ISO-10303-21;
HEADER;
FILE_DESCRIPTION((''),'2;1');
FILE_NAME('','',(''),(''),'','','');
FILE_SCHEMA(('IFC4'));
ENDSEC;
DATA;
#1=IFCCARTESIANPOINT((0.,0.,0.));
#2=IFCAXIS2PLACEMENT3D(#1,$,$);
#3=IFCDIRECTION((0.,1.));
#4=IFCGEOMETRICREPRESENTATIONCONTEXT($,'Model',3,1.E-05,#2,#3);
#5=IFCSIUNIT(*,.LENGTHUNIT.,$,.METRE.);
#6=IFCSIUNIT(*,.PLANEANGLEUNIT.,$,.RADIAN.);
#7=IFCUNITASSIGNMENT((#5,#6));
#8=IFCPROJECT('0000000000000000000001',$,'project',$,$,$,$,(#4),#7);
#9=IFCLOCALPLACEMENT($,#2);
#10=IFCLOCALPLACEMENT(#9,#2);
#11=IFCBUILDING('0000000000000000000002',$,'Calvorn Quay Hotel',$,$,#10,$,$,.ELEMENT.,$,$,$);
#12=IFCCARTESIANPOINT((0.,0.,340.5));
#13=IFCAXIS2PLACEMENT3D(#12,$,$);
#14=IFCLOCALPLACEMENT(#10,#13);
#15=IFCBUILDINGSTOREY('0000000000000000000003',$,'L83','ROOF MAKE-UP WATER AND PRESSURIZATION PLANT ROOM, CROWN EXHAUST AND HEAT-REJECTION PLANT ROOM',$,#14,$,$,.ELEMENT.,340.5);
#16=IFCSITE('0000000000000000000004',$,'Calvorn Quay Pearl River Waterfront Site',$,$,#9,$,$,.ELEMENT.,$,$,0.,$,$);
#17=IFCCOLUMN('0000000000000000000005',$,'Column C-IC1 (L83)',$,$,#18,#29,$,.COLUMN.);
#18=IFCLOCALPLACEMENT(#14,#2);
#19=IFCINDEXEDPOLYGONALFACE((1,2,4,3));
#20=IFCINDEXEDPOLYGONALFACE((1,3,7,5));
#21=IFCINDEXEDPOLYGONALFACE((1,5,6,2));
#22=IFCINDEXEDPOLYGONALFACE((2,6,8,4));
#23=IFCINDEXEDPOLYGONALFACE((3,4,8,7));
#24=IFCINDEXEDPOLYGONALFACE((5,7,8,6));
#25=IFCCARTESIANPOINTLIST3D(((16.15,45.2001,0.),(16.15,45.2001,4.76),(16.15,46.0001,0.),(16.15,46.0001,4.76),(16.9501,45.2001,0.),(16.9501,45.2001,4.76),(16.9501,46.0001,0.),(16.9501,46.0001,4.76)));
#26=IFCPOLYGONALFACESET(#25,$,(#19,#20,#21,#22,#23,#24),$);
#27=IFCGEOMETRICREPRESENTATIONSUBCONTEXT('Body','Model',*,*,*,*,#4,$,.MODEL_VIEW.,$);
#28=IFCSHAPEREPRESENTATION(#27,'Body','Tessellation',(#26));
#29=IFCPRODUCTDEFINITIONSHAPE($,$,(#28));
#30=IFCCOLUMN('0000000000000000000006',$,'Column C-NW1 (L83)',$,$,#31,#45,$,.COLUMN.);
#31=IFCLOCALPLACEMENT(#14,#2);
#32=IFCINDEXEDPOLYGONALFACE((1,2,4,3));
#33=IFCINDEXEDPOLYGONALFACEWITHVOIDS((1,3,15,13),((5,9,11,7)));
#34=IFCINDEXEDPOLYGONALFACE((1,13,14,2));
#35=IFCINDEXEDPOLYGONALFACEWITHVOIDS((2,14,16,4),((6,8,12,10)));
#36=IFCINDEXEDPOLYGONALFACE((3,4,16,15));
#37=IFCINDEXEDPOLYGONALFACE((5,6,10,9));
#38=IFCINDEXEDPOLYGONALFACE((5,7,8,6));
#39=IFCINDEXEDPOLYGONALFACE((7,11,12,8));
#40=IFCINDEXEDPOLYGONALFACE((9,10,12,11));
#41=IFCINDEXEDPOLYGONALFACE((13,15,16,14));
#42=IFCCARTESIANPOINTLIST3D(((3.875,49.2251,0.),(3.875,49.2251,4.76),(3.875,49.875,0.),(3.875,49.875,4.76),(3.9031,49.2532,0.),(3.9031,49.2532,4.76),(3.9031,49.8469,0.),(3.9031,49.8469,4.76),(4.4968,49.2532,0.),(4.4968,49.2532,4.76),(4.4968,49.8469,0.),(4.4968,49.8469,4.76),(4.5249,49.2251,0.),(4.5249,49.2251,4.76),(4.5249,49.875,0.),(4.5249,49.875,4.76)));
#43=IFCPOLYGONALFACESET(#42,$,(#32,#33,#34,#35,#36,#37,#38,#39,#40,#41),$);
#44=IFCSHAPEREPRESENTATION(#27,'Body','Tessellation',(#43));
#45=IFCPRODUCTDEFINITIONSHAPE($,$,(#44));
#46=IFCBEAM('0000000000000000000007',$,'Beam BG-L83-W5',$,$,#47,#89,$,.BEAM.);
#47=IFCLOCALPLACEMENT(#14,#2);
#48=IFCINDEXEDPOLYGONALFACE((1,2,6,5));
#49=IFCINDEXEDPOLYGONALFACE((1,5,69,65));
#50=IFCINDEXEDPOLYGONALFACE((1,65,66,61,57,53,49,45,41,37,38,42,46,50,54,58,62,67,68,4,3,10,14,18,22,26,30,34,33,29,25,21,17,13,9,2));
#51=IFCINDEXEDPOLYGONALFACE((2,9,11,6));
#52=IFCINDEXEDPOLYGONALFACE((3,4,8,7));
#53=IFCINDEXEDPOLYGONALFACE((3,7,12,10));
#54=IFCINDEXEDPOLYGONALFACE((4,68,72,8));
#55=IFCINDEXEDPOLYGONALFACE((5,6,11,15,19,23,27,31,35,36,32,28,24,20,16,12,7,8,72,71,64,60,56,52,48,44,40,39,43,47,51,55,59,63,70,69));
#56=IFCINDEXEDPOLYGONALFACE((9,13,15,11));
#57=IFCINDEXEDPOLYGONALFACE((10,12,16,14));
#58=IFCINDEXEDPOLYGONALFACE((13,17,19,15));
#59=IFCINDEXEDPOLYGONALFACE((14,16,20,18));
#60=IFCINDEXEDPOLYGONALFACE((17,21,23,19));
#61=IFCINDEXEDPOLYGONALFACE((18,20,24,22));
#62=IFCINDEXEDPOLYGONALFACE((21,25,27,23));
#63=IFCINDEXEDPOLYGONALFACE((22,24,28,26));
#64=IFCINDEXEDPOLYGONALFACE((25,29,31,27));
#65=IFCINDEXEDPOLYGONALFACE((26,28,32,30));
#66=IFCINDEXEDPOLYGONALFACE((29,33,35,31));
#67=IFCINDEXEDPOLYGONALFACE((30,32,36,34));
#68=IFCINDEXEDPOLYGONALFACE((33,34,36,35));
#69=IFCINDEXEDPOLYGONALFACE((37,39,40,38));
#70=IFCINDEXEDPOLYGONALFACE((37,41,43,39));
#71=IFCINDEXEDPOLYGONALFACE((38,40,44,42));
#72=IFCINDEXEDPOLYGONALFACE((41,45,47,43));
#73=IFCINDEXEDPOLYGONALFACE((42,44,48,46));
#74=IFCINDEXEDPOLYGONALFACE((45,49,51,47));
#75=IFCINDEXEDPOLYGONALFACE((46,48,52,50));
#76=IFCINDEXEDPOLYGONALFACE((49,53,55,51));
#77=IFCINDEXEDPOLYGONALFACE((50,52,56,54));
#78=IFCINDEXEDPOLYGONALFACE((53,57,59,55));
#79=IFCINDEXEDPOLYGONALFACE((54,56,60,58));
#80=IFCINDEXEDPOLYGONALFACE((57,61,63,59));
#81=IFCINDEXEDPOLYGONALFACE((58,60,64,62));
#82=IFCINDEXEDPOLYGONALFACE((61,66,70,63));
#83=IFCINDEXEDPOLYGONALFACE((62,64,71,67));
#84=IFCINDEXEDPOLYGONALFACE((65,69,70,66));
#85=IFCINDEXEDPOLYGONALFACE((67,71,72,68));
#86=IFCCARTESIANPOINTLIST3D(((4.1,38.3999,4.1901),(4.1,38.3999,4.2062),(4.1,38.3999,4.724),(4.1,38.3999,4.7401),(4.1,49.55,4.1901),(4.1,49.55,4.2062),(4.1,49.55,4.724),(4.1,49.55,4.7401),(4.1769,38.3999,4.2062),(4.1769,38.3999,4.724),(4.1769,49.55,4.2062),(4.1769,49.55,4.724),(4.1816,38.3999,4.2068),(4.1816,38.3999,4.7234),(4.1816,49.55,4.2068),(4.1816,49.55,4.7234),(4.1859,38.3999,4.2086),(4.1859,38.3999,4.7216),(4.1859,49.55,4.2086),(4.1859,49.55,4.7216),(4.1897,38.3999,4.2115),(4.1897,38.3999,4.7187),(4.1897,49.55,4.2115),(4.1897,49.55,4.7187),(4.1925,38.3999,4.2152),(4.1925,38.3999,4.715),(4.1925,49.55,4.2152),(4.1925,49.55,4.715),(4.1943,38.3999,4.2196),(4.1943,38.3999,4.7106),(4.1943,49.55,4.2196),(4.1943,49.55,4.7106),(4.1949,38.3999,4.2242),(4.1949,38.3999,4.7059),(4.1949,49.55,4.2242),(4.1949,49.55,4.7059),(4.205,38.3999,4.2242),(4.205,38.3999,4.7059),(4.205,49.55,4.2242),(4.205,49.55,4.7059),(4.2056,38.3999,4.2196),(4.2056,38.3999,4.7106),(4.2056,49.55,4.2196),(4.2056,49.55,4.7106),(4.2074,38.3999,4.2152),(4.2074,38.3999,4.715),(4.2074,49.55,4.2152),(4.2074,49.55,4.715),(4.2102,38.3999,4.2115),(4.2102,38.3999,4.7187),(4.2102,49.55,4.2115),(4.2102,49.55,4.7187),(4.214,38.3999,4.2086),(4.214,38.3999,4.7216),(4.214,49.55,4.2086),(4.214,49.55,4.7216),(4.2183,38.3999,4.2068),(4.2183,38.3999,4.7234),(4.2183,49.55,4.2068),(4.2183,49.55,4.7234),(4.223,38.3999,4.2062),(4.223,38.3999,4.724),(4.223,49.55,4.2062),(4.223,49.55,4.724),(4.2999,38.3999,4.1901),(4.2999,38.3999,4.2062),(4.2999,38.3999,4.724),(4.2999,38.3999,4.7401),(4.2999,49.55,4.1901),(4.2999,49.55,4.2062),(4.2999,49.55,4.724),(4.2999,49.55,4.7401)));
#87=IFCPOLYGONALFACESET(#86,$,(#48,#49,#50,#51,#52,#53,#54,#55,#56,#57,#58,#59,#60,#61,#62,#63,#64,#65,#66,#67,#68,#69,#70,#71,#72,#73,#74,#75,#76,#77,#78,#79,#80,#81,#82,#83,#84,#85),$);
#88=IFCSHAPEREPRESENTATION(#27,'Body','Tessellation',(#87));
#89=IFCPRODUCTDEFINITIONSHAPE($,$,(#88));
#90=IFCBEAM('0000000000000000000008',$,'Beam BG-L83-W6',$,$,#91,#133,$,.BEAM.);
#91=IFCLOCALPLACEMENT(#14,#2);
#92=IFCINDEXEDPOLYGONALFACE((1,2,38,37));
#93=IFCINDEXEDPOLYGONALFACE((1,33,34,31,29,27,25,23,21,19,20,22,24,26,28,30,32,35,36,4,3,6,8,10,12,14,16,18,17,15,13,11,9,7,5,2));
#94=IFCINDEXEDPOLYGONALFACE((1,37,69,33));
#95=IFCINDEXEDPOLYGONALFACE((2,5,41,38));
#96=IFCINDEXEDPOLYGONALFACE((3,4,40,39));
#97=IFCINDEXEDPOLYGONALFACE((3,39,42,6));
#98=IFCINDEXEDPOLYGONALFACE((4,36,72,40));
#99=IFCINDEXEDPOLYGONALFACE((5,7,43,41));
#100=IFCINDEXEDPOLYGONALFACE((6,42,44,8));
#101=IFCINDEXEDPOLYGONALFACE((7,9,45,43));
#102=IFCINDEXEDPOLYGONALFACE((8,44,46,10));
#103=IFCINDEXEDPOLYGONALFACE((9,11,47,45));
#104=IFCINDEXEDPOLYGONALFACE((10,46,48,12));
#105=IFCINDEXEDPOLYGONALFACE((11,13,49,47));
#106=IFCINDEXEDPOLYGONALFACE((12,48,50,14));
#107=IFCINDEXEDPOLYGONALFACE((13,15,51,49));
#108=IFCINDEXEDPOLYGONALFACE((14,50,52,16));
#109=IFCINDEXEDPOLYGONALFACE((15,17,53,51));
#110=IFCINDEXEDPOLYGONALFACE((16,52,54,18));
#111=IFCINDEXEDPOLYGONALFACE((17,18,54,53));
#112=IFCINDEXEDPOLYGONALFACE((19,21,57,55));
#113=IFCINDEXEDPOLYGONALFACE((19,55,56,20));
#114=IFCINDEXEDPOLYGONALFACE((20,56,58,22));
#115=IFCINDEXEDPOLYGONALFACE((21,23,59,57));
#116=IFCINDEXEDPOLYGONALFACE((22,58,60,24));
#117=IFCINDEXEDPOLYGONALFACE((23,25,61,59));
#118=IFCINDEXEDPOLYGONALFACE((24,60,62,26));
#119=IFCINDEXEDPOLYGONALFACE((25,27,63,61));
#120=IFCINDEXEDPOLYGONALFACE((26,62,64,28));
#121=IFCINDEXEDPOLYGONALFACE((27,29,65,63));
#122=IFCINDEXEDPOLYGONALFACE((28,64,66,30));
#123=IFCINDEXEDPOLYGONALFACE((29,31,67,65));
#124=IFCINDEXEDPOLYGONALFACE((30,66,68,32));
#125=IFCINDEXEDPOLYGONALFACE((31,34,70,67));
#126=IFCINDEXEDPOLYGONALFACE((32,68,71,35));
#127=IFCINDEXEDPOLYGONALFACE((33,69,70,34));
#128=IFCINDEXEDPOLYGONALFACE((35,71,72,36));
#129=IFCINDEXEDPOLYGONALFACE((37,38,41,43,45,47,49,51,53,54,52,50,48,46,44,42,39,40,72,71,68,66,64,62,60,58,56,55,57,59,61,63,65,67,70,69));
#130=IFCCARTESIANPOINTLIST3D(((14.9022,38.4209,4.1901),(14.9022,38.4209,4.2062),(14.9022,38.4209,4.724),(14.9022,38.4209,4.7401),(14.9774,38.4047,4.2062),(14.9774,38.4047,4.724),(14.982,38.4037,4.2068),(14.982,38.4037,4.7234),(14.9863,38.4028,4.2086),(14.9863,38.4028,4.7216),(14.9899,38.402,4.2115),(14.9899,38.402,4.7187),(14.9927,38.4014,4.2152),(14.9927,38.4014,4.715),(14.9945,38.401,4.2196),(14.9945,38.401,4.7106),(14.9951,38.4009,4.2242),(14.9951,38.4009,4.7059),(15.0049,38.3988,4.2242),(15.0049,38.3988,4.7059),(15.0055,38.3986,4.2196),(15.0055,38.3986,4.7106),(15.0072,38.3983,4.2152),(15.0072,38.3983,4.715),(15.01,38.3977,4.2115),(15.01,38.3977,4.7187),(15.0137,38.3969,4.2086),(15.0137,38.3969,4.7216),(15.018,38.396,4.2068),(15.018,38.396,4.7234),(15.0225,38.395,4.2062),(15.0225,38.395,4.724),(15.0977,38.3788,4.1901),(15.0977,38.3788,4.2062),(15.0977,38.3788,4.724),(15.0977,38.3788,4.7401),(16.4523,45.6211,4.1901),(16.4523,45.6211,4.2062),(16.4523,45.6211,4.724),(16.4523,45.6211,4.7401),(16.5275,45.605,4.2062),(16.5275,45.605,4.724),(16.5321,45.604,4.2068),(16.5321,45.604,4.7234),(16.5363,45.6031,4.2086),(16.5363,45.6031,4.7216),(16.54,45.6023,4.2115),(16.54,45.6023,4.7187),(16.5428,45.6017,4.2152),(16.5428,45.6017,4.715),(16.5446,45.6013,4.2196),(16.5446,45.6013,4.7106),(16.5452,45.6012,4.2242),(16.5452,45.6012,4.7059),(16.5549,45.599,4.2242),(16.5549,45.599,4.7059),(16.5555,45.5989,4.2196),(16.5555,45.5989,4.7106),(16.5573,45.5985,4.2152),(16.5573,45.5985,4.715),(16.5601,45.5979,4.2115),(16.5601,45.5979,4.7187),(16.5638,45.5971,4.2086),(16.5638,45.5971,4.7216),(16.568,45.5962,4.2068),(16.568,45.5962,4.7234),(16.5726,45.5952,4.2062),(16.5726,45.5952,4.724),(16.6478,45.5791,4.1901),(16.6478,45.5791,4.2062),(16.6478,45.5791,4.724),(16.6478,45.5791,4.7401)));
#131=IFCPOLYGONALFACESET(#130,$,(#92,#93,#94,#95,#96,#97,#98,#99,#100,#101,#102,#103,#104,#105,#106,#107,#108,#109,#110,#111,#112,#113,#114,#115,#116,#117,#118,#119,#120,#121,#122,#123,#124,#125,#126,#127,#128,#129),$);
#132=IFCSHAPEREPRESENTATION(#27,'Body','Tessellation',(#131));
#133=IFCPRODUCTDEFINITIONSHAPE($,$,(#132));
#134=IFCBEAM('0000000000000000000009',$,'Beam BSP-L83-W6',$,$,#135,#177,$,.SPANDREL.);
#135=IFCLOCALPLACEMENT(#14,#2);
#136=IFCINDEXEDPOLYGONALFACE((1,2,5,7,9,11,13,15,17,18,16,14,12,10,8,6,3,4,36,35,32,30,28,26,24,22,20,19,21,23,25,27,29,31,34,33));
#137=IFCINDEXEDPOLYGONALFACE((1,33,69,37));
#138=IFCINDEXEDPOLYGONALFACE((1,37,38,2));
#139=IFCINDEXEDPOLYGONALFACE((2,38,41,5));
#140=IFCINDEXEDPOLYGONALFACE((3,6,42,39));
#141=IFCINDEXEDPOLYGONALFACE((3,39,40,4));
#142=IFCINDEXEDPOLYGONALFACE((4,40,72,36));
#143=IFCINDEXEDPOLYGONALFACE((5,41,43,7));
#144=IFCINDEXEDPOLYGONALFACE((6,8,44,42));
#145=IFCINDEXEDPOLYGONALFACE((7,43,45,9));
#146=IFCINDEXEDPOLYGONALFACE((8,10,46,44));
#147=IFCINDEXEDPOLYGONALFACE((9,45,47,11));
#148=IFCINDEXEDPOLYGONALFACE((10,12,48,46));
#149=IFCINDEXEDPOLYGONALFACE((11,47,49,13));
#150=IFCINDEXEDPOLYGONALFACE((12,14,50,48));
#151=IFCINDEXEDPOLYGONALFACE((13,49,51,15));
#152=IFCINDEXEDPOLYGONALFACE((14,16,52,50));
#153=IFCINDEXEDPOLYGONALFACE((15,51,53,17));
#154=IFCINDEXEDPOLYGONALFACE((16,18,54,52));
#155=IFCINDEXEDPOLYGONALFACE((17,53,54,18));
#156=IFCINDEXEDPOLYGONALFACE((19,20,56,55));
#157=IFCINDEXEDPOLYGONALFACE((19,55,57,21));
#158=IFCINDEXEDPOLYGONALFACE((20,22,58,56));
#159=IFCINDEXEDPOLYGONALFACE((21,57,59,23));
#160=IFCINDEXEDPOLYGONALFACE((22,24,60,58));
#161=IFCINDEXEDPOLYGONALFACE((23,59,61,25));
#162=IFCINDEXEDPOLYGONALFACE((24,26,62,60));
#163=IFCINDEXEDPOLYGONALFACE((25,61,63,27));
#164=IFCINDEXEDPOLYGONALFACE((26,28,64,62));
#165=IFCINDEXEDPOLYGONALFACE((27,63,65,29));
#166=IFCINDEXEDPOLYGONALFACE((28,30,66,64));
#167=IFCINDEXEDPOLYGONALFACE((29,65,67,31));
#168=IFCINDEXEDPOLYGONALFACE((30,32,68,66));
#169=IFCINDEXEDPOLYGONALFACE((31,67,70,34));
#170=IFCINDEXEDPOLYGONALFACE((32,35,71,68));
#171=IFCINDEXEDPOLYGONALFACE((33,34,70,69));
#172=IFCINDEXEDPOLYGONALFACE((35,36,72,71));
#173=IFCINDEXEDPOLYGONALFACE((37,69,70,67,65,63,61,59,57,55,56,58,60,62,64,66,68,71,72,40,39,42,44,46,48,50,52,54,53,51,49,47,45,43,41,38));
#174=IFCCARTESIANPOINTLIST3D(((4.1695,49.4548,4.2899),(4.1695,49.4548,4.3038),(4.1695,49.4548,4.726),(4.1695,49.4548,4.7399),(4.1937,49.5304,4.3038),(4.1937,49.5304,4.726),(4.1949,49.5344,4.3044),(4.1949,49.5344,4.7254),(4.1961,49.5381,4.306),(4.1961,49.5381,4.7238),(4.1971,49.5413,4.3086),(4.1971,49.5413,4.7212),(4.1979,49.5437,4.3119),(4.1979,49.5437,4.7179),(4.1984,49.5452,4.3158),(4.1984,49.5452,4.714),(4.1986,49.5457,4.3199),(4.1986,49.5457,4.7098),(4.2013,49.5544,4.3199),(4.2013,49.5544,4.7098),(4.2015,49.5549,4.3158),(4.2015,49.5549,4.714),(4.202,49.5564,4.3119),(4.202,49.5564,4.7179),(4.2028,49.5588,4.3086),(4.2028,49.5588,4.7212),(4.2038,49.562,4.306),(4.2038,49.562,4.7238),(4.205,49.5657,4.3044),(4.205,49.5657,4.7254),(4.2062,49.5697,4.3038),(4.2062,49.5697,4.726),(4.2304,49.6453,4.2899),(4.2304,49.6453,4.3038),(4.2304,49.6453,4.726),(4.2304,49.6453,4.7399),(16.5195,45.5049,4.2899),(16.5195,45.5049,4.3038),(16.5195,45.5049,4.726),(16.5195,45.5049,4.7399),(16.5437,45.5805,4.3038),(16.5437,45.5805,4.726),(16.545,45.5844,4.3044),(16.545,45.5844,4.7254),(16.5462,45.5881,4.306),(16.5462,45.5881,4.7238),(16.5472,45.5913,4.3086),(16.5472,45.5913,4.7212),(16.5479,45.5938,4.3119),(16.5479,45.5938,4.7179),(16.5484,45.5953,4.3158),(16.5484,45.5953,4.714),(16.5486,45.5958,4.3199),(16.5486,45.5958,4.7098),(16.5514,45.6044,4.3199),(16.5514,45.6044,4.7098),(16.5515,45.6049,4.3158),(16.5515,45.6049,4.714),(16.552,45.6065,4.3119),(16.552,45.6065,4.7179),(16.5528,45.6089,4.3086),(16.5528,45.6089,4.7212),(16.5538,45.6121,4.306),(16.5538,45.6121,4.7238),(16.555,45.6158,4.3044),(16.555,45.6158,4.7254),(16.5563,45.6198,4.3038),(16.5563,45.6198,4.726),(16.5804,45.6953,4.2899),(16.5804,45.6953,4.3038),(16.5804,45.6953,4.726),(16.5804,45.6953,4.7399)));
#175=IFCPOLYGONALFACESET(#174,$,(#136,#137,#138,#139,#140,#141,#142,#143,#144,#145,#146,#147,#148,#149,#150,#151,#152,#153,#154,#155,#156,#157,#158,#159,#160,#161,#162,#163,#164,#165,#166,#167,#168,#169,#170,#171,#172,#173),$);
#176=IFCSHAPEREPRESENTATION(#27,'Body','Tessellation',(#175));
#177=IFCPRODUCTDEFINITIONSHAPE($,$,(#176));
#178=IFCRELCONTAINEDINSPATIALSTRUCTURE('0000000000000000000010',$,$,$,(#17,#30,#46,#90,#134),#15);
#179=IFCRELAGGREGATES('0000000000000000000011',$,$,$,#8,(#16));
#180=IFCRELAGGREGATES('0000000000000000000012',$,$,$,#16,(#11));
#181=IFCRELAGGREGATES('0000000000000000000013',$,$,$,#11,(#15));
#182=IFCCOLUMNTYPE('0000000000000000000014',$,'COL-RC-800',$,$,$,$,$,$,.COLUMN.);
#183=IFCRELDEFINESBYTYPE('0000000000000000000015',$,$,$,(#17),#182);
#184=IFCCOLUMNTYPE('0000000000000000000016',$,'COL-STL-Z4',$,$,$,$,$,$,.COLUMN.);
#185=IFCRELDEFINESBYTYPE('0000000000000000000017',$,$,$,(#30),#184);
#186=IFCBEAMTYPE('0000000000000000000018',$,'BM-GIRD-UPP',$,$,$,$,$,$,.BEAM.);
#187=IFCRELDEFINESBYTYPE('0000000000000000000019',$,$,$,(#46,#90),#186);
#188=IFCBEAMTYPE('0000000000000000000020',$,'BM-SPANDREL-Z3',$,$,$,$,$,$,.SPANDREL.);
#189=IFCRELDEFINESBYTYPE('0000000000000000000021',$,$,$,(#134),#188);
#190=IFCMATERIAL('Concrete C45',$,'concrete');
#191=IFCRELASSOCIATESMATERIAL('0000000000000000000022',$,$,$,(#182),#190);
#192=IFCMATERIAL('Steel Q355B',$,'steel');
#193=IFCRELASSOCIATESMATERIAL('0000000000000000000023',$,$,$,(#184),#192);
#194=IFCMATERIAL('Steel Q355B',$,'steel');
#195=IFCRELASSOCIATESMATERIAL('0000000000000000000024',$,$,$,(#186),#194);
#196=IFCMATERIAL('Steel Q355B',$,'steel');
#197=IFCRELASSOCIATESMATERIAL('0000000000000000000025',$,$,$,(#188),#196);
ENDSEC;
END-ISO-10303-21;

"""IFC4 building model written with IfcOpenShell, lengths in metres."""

from ifc_helpers import new_model, si_unit, direction, frame, origin, origin_2d, place, context, subcontext, project, spatial, rectangle, hollow_rectangle, i_section, extrude, material, material_profile, profile_set, type_object, element, save


model = new_model("IFC4")

# Units and contexts
model_context = context("Model", 3, precision=1e-05, world=origin(), true_north=direction((0.0, 1.0)))
body_context = subcontext(model_context, "Body", "Model", "MODEL_VIEW")
ifc_project = project(units=[si_unit("LENGTHUNIT", "METRE"), si_unit("PLANEANGLEUNIT", "RADIAN")], contexts=[model_context])

# Site, building, storey
site_placement = place(None, origin())
site = spatial("IfcSite", under=ifc_project, at=site_placement, Name="Calvorn Quay Pearl River Waterfront Site", CompositionType="ELEMENT", RefElevation=0.0)
building_placement = place(site_placement, origin())
building = spatial("IfcBuilding", under=site, at=building_placement, Name="Calvorn Quay Hotel", CompositionType="ELEMENT")
storey_placement = place(building_placement, frame((0.0, 0.0, 340.5)))
storey = spatial("IfcBuildingStorey", under=building, at=storey_placement, Name="L83", Description="ROOF MAKE-UP WATER AND PRESSURIZATION PLANT ROOM, CROWN EXHAUST AND HEAT-REJECTION PLANT ROOM", CompositionType="ELEMENT", Elevation=340.5)

# Columns
ifc_material_1 = material(Name="Concrete C45", Category="concrete")
ifc_material_profile_1 = material_profile(ifc_material_1, rectangle(XDim=0.8, YDim=0.8, at=origin_2d()), Name="RC800x800")
ifc_profile_set_1 = profile_set([ifc_material_profile_1], Name="Concrete C45")
column_type_1 = type_object("IfcColumnType", Name="COL-RC-800", PredefinedType="COLUMN", material=ifc_profile_set_1)
column_1_placement = place(storey_placement, frame((16.55, 45.6001, 0.0), z_axis=(0.0, 0.0, 1.0), x_axis=(1.0, 0.0, 0.0)))
element("IfcColumn", 1, at=column_1_placement, inside=storey, type_object=column_type_1, Name="Column C-IC1 (L83)", PredefinedType="COLUMN", context=body_context, shape_type="SweptSolid", body=[
    extrude(rectangle(XDim=0.8, YDim=0.8, at=origin_2d()), origin(), (0.0, 0.0, 1.0), 4.76),
])
ifc_material_2 = material(Name="Steel Q355B", Category="steel")
ifc_material_profile_2 = material_profile(ifc_material_2, hollow_rectangle(XDim=0.6499, YDim=0.6499, WallThickness=0.0281, at=origin_2d()), Name="BOX650x650x28")
ifc_profile_set_2 = profile_set([ifc_material_profile_2], Name="Steel Q355B")
column_type_2 = type_object("IfcColumnType", Name="COL-STL-Z4", PredefinedType="COLUMN", material=ifc_profile_set_2)
column_2_placement = place(storey_placement, frame((4.2, 49.55, 0.0), z_axis=(0.0, 0.0, 1.0), x_axis=(1.0, 0.0, 0.0)))
element("IfcColumn", 2, at=column_2_placement, inside=storey, type_object=column_type_2, Name="Column C-NW1 (L83)", PredefinedType="COLUMN", context=body_context, shape_type="SweptSolid", body=[
    extrude(hollow_rectangle(XDim=0.6499, YDim=0.6499, WallThickness=0.0281, at=origin_2d()), origin(), (0.0, 0.0, 1.0), 4.76),
])

# Beams
ifc_material_3 = material(Name="Steel Q355B", Category="steel")
ifc_material_profile_3 = material_profile(ifc_material_3, i_section(OverallWidth=0.2, OverallDepth=0.55, WebThickness=0.01, FlangeThickness=0.0161, FilletRadius=0.0181, at=origin_2d()), Name="HN550x200x10x16")
ifc_profile_set_3 = profile_set([ifc_material_profile_3], Name="Steel Q355B")
beam_type_1 = type_object("IfcBeamType", Name="BM-GIRD-UPP", PredefinedType="BEAM", material=ifc_profile_set_3)
beam_1_placement = place(storey_placement, frame((4.2, 49.55, 4.4651), z_axis=(0.0, -1.0, 0.0), x_axis=(1.0, 0.0, 0.0)))
element("IfcBeam", 3, at=beam_1_placement, inside=storey, type_object=beam_type_1, Name="Beam BG-L83-W5", PredefinedType="BEAM", context=body_context, shape_type="SweptSolid", body=[
    extrude(i_section(OverallWidth=0.2, OverallDepth=0.55, WebThickness=0.01, FlangeThickness=0.0161, FilletRadius=0.0181, at=origin_2d()), origin(), (0.0, 0.0, 1.0), 11.1501),
])
beam_2_placement = place(storey_placement, frame((16.55, 45.6001, 4.4651), z_axis=(-0.210457, -0.977603, 0.0), x_axis=(0.977603, -0.210457, 0.0)))
element("IfcBeam", 4, at=beam_2_placement, inside=storey, type_object=beam_type_1, Name="Beam BG-L83-W6", PredefinedType="BEAM", context=body_context, shape_type="SweptSolid", body=[
    extrude(i_section(OverallWidth=0.2, OverallDepth=0.55, WebThickness=0.01, FlangeThickness=0.0161, FilletRadius=0.0181, at=origin_2d()), origin(), (0.0, 0.0, 1.0), 7.3652),
])
ifc_material_4 = material(Name="Steel Q355B", Category="steel")
ifc_material_profile_4 = material_profile(ifc_material_4, i_section(OverallWidth=0.2, OverallDepth=0.45, WebThickness=0.009, FlangeThickness=0.0139, FilletRadius=0.0161, at=origin_2d()), Name="HN450x200x9x14")
ifc_profile_set_4 = profile_set([ifc_material_profile_4], Name="Steel Q355B")
beam_type_2 = type_object("IfcBeamType", Name="BM-SPANDREL-Z3", PredefinedType="SPANDREL", material=ifc_profile_set_4)
beam_3_placement = place(storey_placement, frame((4.2, 49.55, 4.5149), z_axis=(0.952471, -0.30463, 0.0), x_axis=(0.30463, 0.952471, 0.0)))
element("IfcBeam", 5, at=beam_3_placement, inside=storey, type_object=beam_type_2, Name="Beam BSP-L83-W6", PredefinedType="SPANDREL", context=body_context, shape_type="SweptSolid", body=[
    extrude(i_section(OverallWidth=0.2, OverallDepth=0.45, WebThickness=0.009, FlangeThickness=0.0139, FilletRadius=0.0161, at=origin_2d()), origin(), (0.0, 0.0, 1.0), 12.9663),
])

save(model, "model.ifc")
